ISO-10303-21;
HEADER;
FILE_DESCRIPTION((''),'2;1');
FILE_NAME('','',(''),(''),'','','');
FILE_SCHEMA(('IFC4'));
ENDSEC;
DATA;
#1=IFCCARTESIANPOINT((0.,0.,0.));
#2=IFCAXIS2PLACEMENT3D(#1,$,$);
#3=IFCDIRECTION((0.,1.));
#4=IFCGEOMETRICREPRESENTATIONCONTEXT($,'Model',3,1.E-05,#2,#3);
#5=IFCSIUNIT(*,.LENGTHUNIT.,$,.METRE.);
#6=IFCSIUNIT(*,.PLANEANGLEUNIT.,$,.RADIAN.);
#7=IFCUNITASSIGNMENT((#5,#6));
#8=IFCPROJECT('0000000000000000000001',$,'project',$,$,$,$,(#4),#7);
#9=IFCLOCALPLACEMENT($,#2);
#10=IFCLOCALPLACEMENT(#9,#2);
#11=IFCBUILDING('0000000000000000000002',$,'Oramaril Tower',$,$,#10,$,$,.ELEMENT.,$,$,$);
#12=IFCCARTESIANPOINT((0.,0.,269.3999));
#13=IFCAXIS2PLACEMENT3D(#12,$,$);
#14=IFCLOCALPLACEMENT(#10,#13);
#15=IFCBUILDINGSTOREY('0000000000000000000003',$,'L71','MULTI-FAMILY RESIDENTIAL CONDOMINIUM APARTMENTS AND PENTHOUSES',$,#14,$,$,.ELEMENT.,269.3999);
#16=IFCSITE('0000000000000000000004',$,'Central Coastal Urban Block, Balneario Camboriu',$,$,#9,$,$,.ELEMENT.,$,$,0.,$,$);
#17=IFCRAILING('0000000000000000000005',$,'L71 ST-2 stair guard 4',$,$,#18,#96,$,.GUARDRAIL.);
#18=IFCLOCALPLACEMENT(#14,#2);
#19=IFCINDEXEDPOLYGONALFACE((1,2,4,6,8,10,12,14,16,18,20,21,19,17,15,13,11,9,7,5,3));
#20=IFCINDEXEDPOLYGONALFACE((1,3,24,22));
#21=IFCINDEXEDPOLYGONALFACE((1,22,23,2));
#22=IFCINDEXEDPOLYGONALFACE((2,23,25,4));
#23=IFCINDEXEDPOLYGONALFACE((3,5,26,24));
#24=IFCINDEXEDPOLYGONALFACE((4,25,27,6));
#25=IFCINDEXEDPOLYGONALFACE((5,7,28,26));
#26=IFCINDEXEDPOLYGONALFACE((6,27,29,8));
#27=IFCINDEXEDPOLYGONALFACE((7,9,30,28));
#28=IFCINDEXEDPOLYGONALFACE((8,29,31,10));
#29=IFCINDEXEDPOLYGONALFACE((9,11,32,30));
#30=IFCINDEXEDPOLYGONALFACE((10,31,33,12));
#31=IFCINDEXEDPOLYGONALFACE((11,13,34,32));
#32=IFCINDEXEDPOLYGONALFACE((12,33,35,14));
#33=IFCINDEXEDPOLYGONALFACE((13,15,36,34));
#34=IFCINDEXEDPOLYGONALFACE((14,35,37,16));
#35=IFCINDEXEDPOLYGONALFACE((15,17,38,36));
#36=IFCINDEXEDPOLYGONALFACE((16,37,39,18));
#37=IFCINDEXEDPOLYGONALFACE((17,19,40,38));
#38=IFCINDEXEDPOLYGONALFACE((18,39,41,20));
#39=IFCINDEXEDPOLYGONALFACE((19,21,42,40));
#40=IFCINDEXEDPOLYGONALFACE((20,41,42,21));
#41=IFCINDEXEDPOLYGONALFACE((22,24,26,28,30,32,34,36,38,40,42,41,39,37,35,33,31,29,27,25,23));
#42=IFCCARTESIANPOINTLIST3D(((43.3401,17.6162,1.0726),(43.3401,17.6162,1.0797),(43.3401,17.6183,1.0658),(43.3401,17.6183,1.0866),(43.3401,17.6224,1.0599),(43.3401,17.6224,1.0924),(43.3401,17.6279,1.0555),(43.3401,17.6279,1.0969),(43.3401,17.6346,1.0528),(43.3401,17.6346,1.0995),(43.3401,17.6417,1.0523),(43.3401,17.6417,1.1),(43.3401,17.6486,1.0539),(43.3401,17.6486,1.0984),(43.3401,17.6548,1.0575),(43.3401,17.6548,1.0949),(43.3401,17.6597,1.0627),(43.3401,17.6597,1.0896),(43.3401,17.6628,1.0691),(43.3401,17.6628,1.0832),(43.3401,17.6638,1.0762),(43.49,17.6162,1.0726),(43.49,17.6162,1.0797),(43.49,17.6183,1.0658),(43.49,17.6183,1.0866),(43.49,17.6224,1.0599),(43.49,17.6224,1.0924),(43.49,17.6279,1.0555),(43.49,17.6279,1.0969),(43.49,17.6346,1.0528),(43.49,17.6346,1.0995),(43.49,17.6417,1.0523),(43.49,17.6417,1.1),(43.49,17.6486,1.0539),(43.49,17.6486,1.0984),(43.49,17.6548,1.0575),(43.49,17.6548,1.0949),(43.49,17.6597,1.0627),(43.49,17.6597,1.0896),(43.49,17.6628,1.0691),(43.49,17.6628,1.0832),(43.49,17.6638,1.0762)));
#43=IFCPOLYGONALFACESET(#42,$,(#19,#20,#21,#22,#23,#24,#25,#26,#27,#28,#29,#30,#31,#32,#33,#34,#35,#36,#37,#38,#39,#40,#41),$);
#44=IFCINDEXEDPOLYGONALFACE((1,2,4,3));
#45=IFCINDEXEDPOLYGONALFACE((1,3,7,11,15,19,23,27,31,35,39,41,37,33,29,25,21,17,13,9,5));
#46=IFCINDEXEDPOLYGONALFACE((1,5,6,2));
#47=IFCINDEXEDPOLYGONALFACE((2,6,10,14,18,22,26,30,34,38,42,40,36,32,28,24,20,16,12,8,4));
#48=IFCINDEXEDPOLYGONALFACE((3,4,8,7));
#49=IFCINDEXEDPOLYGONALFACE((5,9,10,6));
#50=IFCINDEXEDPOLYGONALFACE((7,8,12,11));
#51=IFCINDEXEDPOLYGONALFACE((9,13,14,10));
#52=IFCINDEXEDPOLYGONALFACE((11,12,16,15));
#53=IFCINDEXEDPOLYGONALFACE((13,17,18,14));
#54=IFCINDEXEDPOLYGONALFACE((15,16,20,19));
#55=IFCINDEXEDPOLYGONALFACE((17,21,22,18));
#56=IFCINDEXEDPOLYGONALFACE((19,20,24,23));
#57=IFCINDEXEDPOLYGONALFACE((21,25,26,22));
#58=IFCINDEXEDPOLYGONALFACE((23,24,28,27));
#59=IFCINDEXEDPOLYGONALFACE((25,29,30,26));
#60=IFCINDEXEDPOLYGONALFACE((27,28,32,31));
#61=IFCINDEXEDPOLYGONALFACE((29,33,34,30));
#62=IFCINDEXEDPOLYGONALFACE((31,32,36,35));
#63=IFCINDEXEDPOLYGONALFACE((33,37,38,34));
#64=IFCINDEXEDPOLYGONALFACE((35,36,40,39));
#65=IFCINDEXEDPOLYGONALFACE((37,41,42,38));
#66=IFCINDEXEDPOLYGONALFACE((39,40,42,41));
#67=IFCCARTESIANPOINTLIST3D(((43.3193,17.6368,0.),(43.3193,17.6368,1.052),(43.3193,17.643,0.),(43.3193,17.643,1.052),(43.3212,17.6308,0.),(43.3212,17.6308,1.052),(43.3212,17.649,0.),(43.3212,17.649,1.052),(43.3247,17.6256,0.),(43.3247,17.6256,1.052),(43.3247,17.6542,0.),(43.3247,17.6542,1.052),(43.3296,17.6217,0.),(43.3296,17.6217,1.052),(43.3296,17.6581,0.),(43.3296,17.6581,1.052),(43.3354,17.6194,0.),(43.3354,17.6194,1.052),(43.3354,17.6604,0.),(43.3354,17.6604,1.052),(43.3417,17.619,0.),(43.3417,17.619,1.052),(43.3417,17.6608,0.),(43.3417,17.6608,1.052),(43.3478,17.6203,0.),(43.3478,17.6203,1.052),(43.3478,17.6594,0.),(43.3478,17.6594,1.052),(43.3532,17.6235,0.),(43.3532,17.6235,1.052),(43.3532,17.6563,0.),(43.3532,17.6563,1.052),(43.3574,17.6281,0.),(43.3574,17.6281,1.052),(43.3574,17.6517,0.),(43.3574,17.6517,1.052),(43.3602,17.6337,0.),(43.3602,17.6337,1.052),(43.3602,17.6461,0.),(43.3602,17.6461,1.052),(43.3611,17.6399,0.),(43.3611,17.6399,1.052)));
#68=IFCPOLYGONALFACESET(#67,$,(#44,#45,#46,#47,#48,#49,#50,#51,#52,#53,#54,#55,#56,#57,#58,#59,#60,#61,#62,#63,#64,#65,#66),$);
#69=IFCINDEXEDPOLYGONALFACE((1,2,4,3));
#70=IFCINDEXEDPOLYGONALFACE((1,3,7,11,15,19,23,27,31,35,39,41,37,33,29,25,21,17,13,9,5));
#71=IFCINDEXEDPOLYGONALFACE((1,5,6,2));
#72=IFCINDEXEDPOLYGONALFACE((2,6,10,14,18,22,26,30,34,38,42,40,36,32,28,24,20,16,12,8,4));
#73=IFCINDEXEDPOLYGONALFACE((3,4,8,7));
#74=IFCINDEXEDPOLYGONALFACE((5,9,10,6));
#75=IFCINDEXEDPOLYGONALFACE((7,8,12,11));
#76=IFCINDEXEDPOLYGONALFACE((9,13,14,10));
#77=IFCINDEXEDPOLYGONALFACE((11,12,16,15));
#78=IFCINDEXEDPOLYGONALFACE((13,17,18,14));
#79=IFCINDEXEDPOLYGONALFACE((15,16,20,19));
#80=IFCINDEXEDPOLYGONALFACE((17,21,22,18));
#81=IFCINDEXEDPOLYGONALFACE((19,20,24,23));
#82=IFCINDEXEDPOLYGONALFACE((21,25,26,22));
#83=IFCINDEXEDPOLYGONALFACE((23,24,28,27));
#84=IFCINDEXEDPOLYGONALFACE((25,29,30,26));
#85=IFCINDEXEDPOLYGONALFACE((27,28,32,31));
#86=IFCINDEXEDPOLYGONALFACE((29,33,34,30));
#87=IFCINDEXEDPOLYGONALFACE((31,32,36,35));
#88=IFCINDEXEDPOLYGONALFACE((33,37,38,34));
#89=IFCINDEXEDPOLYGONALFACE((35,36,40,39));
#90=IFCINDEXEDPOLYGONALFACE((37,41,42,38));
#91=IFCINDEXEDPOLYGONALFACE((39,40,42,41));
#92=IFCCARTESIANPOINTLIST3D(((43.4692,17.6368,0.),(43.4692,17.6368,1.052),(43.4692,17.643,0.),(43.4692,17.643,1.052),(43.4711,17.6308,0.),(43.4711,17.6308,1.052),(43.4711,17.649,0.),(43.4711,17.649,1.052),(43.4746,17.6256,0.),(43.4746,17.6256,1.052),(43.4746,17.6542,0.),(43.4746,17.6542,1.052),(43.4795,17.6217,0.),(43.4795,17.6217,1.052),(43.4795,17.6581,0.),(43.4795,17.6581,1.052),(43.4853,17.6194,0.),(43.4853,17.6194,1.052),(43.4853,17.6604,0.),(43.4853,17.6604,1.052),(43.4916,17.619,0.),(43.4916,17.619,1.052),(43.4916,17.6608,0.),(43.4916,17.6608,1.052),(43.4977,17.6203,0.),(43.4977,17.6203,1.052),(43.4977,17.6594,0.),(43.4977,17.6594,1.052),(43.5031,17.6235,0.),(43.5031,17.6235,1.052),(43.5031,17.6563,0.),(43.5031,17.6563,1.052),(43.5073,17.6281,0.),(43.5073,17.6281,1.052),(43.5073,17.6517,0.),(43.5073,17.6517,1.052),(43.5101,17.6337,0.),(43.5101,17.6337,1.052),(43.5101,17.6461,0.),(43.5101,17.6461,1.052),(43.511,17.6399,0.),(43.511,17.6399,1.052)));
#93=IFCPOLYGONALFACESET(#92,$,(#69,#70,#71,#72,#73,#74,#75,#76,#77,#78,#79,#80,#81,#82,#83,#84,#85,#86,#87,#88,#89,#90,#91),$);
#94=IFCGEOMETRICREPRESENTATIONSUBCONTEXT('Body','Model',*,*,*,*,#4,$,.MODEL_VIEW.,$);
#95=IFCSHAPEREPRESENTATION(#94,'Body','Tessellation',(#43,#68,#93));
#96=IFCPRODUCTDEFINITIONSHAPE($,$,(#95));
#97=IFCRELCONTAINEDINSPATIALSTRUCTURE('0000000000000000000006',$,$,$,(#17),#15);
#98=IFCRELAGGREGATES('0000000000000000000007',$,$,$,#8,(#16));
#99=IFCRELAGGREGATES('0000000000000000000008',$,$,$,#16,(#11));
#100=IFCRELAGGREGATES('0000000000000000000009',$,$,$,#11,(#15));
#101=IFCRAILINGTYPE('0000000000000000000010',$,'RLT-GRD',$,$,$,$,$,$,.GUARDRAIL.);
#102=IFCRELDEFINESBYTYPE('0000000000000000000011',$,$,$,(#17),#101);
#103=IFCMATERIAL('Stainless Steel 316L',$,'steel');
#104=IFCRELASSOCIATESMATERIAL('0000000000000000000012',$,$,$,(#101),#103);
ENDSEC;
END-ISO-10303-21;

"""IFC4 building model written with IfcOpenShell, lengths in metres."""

from ifc_helpers import new_model, si_unit, direction, frame, origin, origin_2d, place, context, subcontext, project, spatial, circle, extrude, material, type_object, element, save


model = new_model("IFC4")

# Units and contexts
model_context = context("Model", 3, precision=1e-05, world=origin(), true_north=direction((0.0, 1.0)))
body_context = subcontext(model_context, "Body", "Model", "MODEL_VIEW")
ifc_project = project(units=[si_unit("LENGTHUNIT", "METRE"), si_unit("PLANEANGLEUNIT", "RADIAN")], contexts=[model_context])

# Site, building, storey
site_placement = place(None, origin())
site = spatial("IfcSite", under=ifc_project, at=site_placement, Name="Central Coastal Urban Block, Balneario Camboriu", CompositionType="ELEMENT", RefElevation=0.0)
building_placement = place(site_placement, origin())
building = spatial("IfcBuilding", under=site, at=building_placement, Name="Oramaril Tower", CompositionType="ELEMENT")
storey_placement = place(building_placement, frame((0.0, 0.0, 269.3999)))
storey = spatial("IfcBuildingStorey", under=building, at=storey_placement, Name="L71", Description="MULTI-FAMILY RESIDENTIAL CONDOMINIUM APARTMENTS AND PENTHOUSES", CompositionType="ELEMENT", Elevation=269.3999)

# Railing
ifc_material_1 = material(Name="Stainless Steel 316L", Category="steel")
railing_type = type_object("IfcRailingType", Name="RLT-GRD", PredefinedType="GUARDRAIL", material=ifc_material_1)
railing_1_placement = place(storey_placement, frame((43.3401, 17.6399, 0.0)))
element("IfcRailing", 1, at=railing_1_placement, inside=storey, type_object=railing_type, Name="L71 ST-2 stair guard 4", PredefinedType="GUARDRAIL", context=body_context, shape_type="SweptSolid", body=[
    extrude(circle(Radius=0.0239, at=origin_2d()), frame((0.0, 0.0, 1.0762), z_axis=(1.0, 0.0, 0.0), x_axis=(0.0, 1.0, 0.0)), (0.0, 0.0, 1.0), 0.1499),
    extrude(circle(Radius=0.021, at=origin_2d()), origin(), (0.0, 0.0, 1.0), 1.052),
    extrude(circle(Radius=0.021, at=origin_2d()), frame((0.1499, 0.0, 0.0)), (0.0, 0.0, 1.0), 1.052),
])

save(model, "model.ifc")
